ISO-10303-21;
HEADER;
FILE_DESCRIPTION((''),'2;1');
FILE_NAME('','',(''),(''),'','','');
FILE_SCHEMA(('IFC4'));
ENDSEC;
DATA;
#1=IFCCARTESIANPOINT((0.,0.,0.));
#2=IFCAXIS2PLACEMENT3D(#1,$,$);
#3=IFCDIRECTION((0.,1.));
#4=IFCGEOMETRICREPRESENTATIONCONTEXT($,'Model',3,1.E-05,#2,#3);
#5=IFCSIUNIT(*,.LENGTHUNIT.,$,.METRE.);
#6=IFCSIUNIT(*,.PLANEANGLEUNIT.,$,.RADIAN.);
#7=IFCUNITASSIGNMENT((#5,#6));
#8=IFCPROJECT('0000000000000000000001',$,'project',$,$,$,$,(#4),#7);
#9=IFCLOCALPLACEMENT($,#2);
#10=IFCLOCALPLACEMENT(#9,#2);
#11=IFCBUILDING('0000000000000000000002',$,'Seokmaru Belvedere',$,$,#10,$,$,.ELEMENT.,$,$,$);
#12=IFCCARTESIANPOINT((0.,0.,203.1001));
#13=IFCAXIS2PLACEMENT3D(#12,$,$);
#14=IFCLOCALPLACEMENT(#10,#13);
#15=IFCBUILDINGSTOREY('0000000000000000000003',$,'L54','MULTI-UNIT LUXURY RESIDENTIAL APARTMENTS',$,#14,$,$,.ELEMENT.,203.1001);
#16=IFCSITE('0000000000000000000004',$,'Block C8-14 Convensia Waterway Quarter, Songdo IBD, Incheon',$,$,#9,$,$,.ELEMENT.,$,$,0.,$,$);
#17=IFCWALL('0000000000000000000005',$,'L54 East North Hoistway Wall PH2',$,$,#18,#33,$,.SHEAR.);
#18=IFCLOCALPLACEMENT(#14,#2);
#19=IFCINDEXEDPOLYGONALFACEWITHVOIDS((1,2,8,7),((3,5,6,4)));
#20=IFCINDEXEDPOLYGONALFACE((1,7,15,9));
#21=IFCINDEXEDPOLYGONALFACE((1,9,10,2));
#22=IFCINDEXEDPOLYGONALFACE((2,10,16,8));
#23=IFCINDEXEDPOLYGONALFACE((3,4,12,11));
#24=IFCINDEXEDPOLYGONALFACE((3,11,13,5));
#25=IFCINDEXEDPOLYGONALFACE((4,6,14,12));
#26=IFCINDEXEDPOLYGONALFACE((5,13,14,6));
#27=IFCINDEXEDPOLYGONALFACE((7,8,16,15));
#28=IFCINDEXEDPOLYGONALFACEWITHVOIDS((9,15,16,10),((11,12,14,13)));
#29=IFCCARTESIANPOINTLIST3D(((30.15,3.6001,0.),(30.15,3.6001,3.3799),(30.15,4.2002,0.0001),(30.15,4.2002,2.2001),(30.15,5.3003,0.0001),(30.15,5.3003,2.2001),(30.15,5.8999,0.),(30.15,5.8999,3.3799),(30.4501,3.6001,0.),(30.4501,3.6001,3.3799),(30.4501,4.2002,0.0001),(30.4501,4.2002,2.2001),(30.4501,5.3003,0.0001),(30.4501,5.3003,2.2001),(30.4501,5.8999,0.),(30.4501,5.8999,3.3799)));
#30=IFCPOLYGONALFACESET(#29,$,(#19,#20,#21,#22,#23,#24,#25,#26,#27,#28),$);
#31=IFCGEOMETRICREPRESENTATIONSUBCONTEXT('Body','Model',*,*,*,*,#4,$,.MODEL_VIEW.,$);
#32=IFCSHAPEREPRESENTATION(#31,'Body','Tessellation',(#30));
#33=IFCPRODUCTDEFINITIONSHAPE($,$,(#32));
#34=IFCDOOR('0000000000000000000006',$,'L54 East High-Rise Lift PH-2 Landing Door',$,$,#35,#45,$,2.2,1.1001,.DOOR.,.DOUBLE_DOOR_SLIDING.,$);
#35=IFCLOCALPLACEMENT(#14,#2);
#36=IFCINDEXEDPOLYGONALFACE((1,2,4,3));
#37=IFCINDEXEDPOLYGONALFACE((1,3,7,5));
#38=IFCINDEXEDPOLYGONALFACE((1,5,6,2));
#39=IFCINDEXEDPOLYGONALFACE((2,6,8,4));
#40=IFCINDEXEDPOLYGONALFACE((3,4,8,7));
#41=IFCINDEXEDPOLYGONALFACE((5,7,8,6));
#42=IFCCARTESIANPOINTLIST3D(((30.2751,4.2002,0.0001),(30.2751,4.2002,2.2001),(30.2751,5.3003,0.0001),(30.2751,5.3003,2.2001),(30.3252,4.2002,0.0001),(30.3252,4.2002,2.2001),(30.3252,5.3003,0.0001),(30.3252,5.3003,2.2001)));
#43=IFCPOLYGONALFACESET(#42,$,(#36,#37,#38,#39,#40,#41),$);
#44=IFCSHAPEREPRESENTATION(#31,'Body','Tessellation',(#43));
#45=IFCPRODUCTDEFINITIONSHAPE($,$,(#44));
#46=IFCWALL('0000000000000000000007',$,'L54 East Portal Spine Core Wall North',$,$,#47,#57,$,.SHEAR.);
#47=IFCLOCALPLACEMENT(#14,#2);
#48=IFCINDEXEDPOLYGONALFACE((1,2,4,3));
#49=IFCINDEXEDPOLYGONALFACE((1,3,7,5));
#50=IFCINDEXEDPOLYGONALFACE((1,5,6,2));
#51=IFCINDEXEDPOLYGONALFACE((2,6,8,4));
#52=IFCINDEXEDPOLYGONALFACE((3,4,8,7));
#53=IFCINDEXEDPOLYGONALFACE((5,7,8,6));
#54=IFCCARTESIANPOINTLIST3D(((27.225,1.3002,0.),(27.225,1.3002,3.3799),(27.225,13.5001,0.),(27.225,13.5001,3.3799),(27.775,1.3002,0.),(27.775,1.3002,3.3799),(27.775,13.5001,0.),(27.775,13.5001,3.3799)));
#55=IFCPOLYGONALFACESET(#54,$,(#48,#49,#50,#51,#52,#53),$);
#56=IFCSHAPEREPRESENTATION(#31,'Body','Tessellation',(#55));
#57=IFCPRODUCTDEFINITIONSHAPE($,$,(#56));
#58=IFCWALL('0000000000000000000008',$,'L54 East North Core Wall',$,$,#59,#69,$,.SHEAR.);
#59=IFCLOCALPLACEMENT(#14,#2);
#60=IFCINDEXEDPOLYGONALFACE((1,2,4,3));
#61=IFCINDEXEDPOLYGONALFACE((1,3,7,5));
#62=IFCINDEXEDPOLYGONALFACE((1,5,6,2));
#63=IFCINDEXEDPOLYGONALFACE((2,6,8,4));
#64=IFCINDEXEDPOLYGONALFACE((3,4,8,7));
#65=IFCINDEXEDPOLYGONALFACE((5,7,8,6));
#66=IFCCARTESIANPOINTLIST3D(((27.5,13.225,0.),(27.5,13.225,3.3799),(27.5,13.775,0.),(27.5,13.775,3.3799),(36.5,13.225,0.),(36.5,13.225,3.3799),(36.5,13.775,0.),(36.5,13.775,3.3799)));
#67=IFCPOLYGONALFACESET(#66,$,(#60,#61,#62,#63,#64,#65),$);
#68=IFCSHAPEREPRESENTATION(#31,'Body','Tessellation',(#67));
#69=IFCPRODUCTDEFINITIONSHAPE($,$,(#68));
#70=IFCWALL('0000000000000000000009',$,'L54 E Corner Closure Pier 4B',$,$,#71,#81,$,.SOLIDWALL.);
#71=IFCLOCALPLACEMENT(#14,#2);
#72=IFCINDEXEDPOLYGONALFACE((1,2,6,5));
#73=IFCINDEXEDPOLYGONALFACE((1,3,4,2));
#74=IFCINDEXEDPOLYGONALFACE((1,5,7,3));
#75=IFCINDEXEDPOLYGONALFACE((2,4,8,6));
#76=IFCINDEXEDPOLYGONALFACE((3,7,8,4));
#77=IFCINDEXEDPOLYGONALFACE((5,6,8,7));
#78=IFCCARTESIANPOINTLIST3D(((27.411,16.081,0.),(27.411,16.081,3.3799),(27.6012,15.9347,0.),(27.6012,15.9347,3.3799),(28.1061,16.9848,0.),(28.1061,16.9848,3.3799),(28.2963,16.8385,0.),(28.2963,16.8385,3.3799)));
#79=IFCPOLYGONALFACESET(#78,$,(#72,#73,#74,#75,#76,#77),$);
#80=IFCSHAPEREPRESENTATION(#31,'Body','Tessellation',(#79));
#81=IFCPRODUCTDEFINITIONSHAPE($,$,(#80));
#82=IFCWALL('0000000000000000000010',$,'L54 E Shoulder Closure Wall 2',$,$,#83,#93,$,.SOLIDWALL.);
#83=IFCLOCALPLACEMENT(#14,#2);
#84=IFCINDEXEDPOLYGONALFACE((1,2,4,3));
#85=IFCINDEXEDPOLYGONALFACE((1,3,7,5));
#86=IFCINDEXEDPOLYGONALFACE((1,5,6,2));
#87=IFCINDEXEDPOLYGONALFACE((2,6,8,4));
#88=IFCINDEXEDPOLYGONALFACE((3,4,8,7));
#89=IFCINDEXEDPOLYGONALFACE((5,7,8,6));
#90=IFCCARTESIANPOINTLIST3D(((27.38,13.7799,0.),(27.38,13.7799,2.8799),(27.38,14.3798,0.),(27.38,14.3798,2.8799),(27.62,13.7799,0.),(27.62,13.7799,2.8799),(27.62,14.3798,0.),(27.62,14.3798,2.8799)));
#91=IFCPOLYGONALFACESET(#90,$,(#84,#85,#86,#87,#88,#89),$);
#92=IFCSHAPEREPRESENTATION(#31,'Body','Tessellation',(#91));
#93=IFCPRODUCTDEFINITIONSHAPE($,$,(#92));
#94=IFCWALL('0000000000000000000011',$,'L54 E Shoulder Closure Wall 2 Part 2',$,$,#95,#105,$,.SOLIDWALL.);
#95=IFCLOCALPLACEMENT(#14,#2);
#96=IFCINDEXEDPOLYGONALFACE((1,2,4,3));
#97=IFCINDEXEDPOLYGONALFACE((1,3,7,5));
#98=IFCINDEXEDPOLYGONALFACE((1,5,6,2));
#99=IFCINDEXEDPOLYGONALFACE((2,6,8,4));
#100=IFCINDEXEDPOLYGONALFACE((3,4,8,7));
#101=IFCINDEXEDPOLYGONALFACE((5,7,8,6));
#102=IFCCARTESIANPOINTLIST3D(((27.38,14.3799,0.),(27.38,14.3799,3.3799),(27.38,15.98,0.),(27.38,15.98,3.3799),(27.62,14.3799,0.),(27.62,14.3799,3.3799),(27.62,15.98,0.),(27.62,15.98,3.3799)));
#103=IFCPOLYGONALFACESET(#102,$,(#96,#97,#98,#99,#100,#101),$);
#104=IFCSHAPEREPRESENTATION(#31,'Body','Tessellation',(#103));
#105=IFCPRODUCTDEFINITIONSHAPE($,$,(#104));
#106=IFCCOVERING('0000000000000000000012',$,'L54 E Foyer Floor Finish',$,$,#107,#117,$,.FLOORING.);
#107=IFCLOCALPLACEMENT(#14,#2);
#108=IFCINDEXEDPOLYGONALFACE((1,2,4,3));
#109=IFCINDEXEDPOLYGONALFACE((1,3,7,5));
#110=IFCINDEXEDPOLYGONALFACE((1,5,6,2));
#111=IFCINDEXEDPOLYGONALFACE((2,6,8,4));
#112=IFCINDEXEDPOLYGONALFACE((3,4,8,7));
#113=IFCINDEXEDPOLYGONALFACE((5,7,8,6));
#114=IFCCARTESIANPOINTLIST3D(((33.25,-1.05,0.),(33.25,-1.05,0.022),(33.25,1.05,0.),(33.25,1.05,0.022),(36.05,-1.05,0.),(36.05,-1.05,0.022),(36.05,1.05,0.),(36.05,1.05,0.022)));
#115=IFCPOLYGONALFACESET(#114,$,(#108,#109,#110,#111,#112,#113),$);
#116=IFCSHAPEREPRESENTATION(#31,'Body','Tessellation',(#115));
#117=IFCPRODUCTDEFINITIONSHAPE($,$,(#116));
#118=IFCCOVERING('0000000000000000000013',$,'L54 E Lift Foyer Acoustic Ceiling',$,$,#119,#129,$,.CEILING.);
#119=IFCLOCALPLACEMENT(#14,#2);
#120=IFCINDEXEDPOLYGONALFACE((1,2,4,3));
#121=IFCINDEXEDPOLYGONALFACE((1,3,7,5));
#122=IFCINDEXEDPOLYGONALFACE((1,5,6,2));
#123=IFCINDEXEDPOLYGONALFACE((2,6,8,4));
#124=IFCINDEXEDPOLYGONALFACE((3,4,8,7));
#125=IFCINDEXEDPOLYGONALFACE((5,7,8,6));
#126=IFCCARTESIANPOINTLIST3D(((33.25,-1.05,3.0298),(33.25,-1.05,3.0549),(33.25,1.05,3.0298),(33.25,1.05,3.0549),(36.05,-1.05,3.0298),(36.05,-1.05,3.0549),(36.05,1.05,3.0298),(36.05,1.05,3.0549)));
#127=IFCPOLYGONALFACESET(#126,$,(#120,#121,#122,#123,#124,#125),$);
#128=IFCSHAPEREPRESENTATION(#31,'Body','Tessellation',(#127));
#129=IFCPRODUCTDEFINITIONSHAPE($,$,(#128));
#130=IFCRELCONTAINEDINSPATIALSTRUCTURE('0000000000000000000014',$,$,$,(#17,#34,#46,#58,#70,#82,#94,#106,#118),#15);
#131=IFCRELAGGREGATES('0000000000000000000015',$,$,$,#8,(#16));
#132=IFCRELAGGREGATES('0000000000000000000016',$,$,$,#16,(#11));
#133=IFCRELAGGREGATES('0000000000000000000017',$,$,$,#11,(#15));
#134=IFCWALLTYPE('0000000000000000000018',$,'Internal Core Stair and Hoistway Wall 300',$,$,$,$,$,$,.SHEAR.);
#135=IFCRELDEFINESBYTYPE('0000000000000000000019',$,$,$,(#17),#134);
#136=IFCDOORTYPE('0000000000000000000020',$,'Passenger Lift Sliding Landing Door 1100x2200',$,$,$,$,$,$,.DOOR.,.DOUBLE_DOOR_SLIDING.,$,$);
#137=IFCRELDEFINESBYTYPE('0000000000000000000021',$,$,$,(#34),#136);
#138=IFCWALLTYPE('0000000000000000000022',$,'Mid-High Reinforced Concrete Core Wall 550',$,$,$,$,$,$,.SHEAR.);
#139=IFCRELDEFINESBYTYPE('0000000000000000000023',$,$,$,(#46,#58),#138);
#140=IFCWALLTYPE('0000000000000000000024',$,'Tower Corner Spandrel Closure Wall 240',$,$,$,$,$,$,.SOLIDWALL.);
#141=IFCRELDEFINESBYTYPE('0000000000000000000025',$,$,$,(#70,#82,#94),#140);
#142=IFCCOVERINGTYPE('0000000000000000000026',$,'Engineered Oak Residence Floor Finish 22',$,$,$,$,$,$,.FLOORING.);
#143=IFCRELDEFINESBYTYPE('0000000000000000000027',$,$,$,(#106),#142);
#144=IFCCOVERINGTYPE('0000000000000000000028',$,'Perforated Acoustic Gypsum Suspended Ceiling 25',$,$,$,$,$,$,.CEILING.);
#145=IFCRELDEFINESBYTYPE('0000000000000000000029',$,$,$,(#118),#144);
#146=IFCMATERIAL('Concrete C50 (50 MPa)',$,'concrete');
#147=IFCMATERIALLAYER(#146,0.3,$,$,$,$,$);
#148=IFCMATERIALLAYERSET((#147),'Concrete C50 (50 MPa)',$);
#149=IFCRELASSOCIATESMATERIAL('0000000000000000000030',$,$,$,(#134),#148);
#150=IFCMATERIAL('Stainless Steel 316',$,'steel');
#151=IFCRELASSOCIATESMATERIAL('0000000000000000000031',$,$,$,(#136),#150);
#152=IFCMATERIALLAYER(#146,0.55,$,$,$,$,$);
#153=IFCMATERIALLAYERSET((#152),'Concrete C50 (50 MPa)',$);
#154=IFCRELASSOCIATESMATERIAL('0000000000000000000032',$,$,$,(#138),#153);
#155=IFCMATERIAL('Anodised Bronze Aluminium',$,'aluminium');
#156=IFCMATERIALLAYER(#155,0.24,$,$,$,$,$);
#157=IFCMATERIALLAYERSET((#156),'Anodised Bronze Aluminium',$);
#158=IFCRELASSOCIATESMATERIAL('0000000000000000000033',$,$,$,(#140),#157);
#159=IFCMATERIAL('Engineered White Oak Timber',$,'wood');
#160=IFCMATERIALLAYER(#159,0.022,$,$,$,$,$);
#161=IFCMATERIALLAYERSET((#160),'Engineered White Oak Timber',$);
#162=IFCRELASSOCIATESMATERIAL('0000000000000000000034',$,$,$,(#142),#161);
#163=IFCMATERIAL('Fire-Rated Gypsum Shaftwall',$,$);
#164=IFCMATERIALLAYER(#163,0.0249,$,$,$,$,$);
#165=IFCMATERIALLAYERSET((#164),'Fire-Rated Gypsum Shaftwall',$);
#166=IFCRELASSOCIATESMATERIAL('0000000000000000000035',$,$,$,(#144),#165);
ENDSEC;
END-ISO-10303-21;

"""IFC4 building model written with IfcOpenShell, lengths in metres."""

from ifc_helpers import new_model, si_unit, direction, frame, frame_2d, origin, place, context, subcontext, project, spatial, polyline, rectangle, outline, extrude, source, transform, mapped, material, layer, layer_set, type_object, type_shapes, element, fill, save


model = new_model("IFC4")

# Units and contexts
model_context = context("Model", 3, precision=1e-05, world=origin(), true_north=direction((0.0, 1.0)))
body_context = subcontext(model_context, "Body", "Model", "MODEL_VIEW")
ifc_project = project(units=[si_unit("LENGTHUNIT", "METRE"), si_unit("PLANEANGLEUNIT", "RADIAN")], contexts=[model_context])

# Site, building, storey
site_placement = place(None, origin())
site = spatial("IfcSite", under=ifc_project, at=site_placement, Name="Block C8-14 Convensia Waterway Quarter, Songdo IBD, Incheon", CompositionType="ELEMENT", RefElevation=0.0)
building_placement = place(site_placement, origin())
building = spatial("IfcBuilding", under=site, at=building_placement, Name="Seokmaru Belvedere", CompositionType="ELEMENT")
storey_placement = place(building_placement, frame((0.0, 0.0, 203.1001)))
storey = spatial("IfcBuildingStorey", under=building, at=storey_placement, Name="L54", Description="MULTI-UNIT LUXURY RESIDENTIAL APARTMENTS", CompositionType="ELEMENT", Elevation=203.1001)

# Shared definitions
ifc_material_1 = material(Name="Anodised Bronze Aluminium", Category="aluminium")

# Shared definitions
ifc_material_2 = material(Name="Concrete C50 (50 MPa)", Category="concrete")
ifc_material_3 = material(Name="Fire-Rated Gypsum Shaftwall")

# Wall, opening, door
ifc_layer_1 = layer(ifc_material_2, 0.3)
ifc_layer_set_1 = layer_set([ifc_layer_1], Name="Concrete C50 (50 MPa)")
wall_type_1 = type_object("IfcWallType", Name="Internal Core Stair and Hoistway Wall 300", PredefinedType="SHEAR", material=ifc_layer_set_1)
ifc_material_4 = material(Name="Stainless Steel 316", Category="steel")
door_type_1 = type_object("IfcDoorType", Name="Passenger Lift Sliding Landing Door 1100x2200", OperationType="DOUBLE_DOOR_SLIDING", PredefinedType="DOOR", material=ifc_material_4)
shared_shape_1 = source(origin(), body_context, "Body", "SweptSolid", [
    extrude(rectangle(XDim=1.1001, YDim=2.2, at=frame_2d((0.55, 1.1001))), frame((0.0, 0.0249, 0.0), z_axis=(0.0, -1.0, 0.0), x_axis=(1.0, 0.0, 0.0)), (0.0, 0.0, 1.0), 0.05),
])
type_shapes(door_type_1, [shared_shape_1])
wall_1_placement = place(storey_placement, frame((30.3, 3.6001, 0.0), z_axis=(0.0, 0.0, 1.0), x_axis=(0.0, 1.0, 0.0)))
wall_1 = element("IfcWall", 1, at=wall_1_placement, inside=storey, type_object=wall_type_1, Name="L54 East North Hoistway Wall PH2", PredefinedType="SHEAR", context=body_context, shape_type="SweptSolid", body=[
    extrude(rectangle(XDim=2.2998, YDim=0.3, at=frame_2d((1.1499, 0.0))), origin(), (0.0, 0.0, 1.0), 3.3799),
])
opening_1_placement = place(wall_1_placement, frame((0.6001, 0.0, 0.0)))
opening_1 = element("IfcOpeningElement", 2, at=opening_1_placement, cuts=wall_1, PredefinedType="OPENING", context=body_context, shape_type="SweptSolid", body=[
    extrude(rectangle(XDim=1.1001, YDim=2.2, at=frame_2d((0.55, 1.1001))), frame((0.0, 0.1602, 0.0), z_axis=(0.0, -1.0, 0.0), x_axis=(1.0, 0.0, 0.0)), (0.0, 0.0, 1.0), 0.3201),
])
door_1_placement = place(opening_1_placement, origin())
door_1 = element("IfcDoor", 3, at=door_1_placement, inside=storey, type_object=door_type_1, Name="L54 East High-Rise Lift PH-2 Landing Door", OperationType="DOUBLE_DOOR_SLIDING", OverallHeight=2.2, OverallWidth=1.1001, PredefinedType="DOOR", context=body_context, shape_type="MappedRepresentation", body=[
    mapped(shared_shape_1, transform((0.0, 0.0, 0.0), scale=1.0)),
])
fill(opening_1, door_1)

# Walls
ifc_layer_2 = layer(ifc_material_2, 0.55)
ifc_layer_set_2 = layer_set([ifc_layer_2], Name="Concrete C50 (50 MPa)")
wall_type_2 = type_object("IfcWallType", Name="Mid-High Reinforced Concrete Core Wall 550", PredefinedType="SHEAR", material=ifc_layer_set_2)
wall_2_placement = place(storey_placement, frame((27.5, 1.3, 0.0), z_axis=(0.0, 0.0, 1.0), x_axis=(0.0, 1.0, 0.0)))
element("IfcWall", 4, at=wall_2_placement, inside=storey, type_object=wall_type_2, Name="L54 East Portal Spine Core Wall North", PredefinedType="SHEAR", context=body_context, shape_type="SweptSolid", body=[
    extrude(rectangle(XDim=12.2, YDim=0.55, at=frame_2d((6.1001, 0.0))), origin(), (0.0, 0.0, 1.0), 3.3799),
])
wall_3_placement = place(storey_placement, frame((27.5, 13.5, 0.0), z_axis=(0.0, 0.0, 1.0), x_axis=(1.0, 0.0, 0.0)))
element("IfcWall", 5, at=wall_3_placement, inside=storey, type_object=wall_type_2, Name="L54 East North Core Wall", PredefinedType="SHEAR", context=body_context, shape_type="SweptSolid", body=[
    extrude(rectangle(XDim=9.0, YDim=0.55, at=frame_2d((4.5, 0.0))), origin(), (0.0, 0.0, 1.0), 3.3799),
])
ifc_layer_3 = layer(ifc_material_1, 0.24)
ifc_layer_set_3 = layer_set([ifc_layer_3], Name="Anodised Bronze Aluminium")
wall_type_3 = type_object("IfcWallType", Name="Tower Corner Spandrel Closure Wall 240", PredefinedType="SOLIDWALL", material=ifc_layer_set_3)
wall_4_placement = place(storey_placement, frame((28.2012, 16.9116, 0.0), z_axis=(0.0, 0.0, 1.0), x_axis=(-0.609618, -0.792696, 0.0)))
element("IfcWall", 6, at=wall_4_placement, inside=storey, type_object=wall_type_3, Name="L54 E Corner Closure Pier 4B", PredefinedType="SOLIDWALL", context=body_context, shape_type="SweptSolid", body=[
    extrude(rectangle(XDim=1.1401, YDim=0.24, at=frame_2d((0.5701, 0.0))), origin(), (0.0, 0.0, 1.0), 3.3799),
])
wall_5_placement = place(storey_placement, frame((27.5, 13.78, 0.0), z_axis=(0.0, 0.0, 1.0), x_axis=(0.0, 1.0, 0.0)))
element("IfcWall", 7, at=wall_5_placement, inside=storey, type_object=wall_type_3, Name="L54 E Shoulder Closure Wall 2", PredefinedType="SOLIDWALL", context=body_context, shape_type="SweptSolid", body=[
    extrude(rectangle(XDim=0.5999, YDim=0.24, at=frame_2d((0.2998, 0.0))), origin(), (0.0, 0.0, 1.0), 2.8799),
])
wall_6_placement = place(storey_placement, frame((27.5, 14.3799, 0.0), z_axis=(0.0, 0.0, 1.0), x_axis=(0.0, 1.0, 0.0)))
element("IfcWall", 8, at=wall_6_placement, inside=storey, type_object=wall_type_3, Name="L54 E Shoulder Closure Wall 2 Part 2", PredefinedType="SOLIDWALL", context=body_context, shape_type="SweptSolid", body=[
    extrude(rectangle(XDim=1.6001, YDim=0.24, at=frame_2d((0.8, 0.0))), origin(), (0.0, 0.0, 1.0), 3.3799),
])

# Coverings
ifc_material_5 = material(Name="Engineered White Oak Timber", Category="wood")
ifc_layer_4 = layer(ifc_material_5, 0.022)
ifc_layer_set_4 = layer_set([ifc_layer_4], Name="Engineered White Oak Timber")
covering_type_1 = type_object("IfcCoveringType", Name="Engineered Oak Residence Floor Finish 22", PredefinedType="FLOORING", material=ifc_layer_set_4)
covering_1_placement = place(storey_placement, origin())
element("IfcCovering", 9, at=covering_1_placement, inside=storey, type_object=covering_type_1, Name="L54 E Foyer Floor Finish", PredefinedType="FLOORING", context=body_context, shape_type="SweptSolid", body=[
    extrude(outline(polyline([(33.25, -1.05), (36.05, -1.05), (36.05, 1.05), (33.25, 1.05), (33.25, -1.05)])), origin(), (0.0, 0.0, 1.0), 0.022),
])
ifc_layer_5 = layer(ifc_material_3, 0.0249)
ifc_layer_set_5 = layer_set([ifc_layer_5], Name="Fire-Rated Gypsum Shaftwall")
covering_type_2 = type_object("IfcCoveringType", Name="Perforated Acoustic Gypsum Suspended Ceiling 25", PredefinedType="CEILING", material=ifc_layer_set_5)
covering_2_placement = place(storey_placement, frame((0.0, 0.0, 3.0298)))
element("IfcCovering", 10, at=covering_2_placement, inside=storey, type_object=covering_type_2, Name="L54 E Lift Foyer Acoustic Ceiling", PredefinedType="CEILING", context=body_context, shape_type="SweptSolid", body=[
    extrude(outline(polyline([(33.25, -1.05), (36.05, -1.05), (36.05, 1.05), (33.25, 1.05), (33.25, -1.05)])), origin(), (0.0, 0.0, 1.0), 0.0251),
])

save(model, "model.ifc")
